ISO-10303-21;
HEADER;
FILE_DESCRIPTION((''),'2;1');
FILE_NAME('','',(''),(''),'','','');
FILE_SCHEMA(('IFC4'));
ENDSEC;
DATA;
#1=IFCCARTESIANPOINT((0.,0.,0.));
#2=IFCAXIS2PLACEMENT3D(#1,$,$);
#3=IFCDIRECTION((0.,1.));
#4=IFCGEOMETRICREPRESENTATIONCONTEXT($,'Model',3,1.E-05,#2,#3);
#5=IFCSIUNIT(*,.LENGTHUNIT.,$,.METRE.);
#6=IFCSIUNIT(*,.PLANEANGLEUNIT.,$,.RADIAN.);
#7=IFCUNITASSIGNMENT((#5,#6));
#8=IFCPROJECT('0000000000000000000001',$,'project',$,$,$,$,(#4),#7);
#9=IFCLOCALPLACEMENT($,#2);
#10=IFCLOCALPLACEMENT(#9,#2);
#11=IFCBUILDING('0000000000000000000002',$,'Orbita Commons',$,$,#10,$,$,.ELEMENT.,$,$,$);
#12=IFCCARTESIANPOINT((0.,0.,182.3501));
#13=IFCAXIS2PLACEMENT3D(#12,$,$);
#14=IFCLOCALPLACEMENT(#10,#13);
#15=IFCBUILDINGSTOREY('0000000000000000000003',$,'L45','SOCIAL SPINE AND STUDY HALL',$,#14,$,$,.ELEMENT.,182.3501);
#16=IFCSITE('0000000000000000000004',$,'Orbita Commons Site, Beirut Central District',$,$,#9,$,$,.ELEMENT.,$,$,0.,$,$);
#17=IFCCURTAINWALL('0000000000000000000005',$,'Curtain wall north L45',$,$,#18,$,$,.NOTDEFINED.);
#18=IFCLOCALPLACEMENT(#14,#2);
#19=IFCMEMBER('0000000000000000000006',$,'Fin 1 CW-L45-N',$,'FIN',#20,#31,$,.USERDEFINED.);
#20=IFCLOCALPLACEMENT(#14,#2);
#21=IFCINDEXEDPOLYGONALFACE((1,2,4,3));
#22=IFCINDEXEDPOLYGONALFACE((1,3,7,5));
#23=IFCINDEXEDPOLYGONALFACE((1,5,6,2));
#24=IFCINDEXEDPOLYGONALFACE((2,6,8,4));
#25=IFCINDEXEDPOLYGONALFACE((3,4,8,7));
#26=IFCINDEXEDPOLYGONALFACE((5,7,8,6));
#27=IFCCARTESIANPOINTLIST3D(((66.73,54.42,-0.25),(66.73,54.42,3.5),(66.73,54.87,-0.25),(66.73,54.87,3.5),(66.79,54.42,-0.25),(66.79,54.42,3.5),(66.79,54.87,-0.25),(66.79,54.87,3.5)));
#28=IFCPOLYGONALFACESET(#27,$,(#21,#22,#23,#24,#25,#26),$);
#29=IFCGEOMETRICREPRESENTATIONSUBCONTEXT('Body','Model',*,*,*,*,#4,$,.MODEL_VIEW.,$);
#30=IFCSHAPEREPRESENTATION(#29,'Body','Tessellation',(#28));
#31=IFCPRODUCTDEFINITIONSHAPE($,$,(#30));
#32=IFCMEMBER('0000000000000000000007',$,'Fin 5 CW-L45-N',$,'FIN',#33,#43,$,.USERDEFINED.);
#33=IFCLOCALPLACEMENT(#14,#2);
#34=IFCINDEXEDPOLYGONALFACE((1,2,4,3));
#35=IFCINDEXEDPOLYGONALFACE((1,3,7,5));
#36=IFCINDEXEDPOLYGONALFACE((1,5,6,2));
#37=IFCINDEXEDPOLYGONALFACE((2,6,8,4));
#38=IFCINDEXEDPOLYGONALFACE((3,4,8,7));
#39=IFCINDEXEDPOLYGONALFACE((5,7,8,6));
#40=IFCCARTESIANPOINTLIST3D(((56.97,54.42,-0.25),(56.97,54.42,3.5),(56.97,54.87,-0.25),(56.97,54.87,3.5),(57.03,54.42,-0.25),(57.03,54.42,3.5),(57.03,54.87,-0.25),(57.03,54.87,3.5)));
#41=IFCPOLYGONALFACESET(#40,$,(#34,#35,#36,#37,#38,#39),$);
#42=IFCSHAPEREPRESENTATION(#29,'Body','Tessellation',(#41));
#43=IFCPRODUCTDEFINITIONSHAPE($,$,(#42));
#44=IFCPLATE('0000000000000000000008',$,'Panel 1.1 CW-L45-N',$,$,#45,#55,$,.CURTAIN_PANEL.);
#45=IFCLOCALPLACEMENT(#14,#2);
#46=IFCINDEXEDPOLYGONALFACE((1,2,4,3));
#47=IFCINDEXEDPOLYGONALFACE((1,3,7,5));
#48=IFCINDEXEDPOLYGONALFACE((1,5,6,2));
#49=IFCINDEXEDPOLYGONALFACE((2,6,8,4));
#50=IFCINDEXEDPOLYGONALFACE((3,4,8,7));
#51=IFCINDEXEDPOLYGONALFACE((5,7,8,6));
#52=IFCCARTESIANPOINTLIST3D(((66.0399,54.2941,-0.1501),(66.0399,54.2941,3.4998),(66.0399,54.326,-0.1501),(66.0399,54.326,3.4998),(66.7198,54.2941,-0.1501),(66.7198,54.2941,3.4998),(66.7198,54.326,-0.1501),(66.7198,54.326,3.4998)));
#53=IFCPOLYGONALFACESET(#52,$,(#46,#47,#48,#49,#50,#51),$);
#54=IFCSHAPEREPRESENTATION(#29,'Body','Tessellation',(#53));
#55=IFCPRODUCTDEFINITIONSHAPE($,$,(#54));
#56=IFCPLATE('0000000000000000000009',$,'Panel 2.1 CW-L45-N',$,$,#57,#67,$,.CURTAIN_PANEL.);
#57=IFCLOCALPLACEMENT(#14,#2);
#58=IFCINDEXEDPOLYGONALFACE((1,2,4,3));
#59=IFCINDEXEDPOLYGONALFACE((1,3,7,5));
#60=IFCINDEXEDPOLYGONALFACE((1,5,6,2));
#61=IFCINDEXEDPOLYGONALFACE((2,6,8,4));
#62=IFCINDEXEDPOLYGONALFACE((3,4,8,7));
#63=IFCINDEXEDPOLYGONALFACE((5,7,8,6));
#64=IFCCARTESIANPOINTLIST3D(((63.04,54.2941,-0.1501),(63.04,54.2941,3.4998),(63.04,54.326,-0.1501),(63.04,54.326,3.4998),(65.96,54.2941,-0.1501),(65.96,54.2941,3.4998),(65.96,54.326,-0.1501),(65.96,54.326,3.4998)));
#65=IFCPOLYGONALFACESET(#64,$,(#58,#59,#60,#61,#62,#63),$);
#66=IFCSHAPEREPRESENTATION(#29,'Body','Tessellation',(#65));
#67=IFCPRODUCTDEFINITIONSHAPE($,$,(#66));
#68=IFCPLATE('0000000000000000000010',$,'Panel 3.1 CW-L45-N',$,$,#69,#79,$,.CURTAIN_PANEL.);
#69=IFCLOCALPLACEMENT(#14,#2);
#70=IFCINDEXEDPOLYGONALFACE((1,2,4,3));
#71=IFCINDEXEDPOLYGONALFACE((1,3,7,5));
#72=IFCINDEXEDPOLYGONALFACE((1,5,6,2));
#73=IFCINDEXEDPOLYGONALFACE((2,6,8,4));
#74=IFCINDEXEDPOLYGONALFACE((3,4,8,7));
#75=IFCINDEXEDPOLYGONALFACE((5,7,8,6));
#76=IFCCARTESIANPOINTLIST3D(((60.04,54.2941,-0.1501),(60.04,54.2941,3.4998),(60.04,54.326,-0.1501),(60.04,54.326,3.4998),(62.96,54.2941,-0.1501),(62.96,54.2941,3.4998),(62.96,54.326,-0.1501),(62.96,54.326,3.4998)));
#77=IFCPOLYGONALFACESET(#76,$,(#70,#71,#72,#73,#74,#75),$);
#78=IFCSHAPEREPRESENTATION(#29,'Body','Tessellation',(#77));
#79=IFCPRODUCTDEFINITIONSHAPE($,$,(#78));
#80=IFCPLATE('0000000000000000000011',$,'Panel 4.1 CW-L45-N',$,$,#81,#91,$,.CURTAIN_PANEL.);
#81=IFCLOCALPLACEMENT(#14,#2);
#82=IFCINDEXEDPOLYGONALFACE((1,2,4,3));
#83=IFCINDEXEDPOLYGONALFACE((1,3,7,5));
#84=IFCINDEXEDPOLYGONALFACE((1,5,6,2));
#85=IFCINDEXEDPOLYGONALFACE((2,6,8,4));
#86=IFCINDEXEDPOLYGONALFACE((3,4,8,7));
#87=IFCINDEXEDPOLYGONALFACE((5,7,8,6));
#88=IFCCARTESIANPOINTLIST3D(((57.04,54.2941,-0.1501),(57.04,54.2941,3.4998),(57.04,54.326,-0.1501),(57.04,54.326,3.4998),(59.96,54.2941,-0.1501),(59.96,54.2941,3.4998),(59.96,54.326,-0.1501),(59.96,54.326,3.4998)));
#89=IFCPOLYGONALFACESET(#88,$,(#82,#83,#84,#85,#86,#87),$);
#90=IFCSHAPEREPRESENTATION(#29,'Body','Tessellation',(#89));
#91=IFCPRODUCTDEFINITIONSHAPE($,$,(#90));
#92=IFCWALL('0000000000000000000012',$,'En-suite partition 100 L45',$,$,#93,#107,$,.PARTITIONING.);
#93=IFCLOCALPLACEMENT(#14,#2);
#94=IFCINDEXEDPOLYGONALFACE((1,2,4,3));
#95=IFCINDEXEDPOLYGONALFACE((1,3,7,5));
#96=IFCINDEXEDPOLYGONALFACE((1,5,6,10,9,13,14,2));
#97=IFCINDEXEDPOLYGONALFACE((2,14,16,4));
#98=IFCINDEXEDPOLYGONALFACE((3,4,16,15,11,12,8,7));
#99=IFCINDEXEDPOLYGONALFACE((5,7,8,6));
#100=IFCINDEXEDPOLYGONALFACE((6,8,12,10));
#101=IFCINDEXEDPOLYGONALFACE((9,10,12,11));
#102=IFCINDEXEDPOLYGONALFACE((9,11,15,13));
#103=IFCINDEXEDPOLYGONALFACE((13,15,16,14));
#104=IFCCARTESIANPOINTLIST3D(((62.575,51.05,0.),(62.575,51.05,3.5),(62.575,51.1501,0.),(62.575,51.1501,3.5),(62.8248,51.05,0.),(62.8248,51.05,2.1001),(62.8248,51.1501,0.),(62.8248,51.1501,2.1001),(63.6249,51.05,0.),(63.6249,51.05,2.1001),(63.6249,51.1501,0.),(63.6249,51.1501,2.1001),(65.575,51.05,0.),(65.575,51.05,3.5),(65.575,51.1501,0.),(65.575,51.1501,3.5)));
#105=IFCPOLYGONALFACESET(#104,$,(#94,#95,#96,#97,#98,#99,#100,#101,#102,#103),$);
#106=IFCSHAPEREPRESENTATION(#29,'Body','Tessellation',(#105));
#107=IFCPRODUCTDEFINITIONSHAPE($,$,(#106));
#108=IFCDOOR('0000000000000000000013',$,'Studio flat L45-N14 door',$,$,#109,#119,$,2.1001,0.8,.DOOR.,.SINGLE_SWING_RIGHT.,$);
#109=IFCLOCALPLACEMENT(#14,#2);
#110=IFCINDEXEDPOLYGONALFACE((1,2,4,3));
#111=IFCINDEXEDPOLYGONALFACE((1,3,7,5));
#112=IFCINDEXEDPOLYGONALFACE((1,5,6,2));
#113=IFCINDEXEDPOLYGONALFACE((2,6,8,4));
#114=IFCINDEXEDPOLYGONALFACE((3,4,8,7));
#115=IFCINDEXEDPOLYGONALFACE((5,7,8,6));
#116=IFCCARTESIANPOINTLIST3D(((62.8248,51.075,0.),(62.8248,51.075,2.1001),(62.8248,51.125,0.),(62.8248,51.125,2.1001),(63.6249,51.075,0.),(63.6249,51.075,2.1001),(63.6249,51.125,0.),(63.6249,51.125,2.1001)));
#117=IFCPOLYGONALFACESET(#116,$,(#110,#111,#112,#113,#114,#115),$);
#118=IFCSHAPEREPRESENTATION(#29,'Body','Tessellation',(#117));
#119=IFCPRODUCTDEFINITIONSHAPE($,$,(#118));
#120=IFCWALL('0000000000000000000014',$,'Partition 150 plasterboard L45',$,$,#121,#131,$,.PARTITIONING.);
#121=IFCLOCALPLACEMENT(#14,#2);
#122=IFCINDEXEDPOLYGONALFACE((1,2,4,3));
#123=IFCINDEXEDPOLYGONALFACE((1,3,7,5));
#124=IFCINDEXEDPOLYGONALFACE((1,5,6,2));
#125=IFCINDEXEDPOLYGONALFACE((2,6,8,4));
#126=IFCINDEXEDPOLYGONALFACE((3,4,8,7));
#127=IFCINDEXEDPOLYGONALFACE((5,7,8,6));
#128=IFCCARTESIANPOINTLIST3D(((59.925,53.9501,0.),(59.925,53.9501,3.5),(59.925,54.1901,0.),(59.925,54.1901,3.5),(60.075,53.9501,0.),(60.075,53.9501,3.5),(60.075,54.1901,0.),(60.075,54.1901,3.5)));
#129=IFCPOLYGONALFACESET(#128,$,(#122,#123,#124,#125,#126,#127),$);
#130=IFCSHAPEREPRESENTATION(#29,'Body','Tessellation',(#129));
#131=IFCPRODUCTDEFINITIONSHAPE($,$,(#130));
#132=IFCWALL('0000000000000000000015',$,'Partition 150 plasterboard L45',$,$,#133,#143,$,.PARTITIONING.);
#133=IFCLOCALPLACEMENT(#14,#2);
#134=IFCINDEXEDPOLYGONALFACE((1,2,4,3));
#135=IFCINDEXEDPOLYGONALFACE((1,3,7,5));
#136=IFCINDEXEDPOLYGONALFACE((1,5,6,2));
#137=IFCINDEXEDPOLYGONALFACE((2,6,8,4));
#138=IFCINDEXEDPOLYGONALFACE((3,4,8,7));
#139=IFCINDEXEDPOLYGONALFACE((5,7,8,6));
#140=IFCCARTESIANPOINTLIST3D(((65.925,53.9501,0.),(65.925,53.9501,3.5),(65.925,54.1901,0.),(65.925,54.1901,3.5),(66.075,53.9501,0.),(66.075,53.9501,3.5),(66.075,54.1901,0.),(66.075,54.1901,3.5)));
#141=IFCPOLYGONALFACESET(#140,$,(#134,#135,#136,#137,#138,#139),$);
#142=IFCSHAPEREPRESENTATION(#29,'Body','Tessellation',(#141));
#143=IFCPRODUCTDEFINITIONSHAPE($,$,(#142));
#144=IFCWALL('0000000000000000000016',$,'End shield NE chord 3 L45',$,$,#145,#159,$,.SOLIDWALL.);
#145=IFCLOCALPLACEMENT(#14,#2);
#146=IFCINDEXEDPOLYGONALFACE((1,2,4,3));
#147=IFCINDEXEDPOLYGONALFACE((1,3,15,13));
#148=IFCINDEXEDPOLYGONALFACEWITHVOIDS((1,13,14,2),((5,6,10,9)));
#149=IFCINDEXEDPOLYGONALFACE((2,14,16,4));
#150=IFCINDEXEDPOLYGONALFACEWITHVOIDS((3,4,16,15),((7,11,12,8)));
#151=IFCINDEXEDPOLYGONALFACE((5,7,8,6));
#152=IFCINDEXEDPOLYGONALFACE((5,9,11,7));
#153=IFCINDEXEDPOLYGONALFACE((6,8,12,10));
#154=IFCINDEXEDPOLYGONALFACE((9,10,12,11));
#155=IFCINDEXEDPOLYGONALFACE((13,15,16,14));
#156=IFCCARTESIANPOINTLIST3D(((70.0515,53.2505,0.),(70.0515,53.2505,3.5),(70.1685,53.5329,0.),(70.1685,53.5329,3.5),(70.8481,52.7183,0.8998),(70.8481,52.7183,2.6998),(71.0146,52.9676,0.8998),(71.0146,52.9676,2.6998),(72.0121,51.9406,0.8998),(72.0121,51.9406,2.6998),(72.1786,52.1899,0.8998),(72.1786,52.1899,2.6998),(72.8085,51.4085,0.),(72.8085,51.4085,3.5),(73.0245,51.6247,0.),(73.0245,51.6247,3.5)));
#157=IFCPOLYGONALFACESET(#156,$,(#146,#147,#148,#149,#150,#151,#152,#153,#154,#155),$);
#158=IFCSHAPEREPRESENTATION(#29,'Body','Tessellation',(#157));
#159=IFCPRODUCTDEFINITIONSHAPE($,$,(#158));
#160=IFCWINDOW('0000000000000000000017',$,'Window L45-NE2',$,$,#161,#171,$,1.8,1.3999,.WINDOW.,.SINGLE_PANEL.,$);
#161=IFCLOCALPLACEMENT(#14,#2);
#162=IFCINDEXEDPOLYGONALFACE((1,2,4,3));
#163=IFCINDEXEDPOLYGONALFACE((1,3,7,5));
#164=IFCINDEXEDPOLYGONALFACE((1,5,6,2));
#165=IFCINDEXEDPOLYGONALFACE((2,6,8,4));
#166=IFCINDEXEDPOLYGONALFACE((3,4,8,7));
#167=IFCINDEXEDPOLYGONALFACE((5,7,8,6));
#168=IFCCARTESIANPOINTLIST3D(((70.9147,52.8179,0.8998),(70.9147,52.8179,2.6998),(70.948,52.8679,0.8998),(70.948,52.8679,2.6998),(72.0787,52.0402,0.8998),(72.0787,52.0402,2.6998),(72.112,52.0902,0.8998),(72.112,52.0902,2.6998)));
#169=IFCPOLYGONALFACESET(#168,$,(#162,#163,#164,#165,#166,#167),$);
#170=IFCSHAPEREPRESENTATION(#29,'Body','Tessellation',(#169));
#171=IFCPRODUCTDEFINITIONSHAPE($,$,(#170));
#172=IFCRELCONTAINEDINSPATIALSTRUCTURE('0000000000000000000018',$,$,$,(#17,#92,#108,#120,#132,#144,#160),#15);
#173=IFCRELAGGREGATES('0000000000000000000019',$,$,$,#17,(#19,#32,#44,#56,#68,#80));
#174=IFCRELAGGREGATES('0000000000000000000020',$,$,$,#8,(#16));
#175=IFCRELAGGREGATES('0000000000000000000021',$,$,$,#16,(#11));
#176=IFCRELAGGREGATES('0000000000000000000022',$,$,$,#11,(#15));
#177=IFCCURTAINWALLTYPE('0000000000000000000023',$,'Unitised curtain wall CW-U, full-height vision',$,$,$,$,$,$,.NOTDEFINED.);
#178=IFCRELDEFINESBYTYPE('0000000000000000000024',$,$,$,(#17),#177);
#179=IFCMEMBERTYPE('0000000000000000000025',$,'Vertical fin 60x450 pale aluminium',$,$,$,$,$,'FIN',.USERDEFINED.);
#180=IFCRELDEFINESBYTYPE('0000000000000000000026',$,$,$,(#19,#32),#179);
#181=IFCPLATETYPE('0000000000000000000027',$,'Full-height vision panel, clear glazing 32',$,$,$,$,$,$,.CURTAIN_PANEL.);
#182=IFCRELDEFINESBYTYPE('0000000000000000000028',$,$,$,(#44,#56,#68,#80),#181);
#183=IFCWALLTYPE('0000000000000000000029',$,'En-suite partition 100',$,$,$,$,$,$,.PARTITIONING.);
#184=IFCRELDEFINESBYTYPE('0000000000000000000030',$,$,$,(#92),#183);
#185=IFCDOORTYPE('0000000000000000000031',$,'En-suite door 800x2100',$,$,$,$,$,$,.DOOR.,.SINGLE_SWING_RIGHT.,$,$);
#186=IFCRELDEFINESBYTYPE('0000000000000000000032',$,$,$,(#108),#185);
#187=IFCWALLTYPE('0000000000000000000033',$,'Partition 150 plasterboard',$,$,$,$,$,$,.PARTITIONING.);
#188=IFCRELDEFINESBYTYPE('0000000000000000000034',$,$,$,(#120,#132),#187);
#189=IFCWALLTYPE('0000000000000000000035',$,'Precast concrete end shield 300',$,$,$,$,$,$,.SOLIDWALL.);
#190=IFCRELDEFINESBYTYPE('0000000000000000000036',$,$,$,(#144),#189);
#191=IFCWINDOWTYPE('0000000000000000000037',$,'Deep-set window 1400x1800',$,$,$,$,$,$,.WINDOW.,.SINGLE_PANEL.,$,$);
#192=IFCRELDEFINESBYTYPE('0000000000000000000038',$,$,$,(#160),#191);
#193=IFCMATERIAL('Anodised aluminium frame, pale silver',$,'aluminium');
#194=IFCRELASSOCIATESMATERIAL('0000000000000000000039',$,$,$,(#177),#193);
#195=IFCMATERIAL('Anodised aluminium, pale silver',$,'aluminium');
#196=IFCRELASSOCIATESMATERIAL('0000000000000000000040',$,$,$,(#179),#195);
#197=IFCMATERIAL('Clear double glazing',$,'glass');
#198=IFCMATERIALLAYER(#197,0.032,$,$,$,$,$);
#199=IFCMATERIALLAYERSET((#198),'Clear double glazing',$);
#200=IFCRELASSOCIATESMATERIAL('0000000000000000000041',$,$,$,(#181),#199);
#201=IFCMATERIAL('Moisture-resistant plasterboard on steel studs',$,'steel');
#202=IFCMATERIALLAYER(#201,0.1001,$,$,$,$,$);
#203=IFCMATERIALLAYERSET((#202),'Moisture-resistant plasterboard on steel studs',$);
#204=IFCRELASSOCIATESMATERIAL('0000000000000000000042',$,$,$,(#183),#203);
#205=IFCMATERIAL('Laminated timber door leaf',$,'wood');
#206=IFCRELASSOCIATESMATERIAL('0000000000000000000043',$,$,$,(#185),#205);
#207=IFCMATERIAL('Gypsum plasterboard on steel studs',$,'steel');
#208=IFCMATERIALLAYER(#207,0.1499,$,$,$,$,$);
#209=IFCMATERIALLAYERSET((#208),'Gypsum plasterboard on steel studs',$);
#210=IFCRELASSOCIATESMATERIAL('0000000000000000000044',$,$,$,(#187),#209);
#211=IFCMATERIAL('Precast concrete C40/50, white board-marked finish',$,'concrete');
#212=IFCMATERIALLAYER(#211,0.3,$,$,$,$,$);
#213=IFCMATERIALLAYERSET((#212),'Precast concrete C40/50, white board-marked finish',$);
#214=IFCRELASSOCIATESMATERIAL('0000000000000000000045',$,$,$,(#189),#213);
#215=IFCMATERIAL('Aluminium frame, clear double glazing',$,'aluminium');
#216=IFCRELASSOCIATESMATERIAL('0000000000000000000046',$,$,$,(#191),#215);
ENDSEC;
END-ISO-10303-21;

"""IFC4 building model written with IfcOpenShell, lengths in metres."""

from ifc_helpers import new_model, si_unit, direction, frame, frame_2d, origin, origin_2d, place, context, subcontext, project, spatial, polyline, rectangle, outline, extrude, material, layer, layer_set, material_profile, profile_set, type_object, element, fill, aggregate, save


model = new_model("IFC4")

# Units and contexts
model_context = context("Model", 3, precision=1e-05, world=origin(), true_north=direction((0.0, 1.0)))
body_context = subcontext(model_context, "Body", "Model", "MODEL_VIEW")
ifc_project = project(units=[si_unit("LENGTHUNIT", "METRE"), si_unit("PLANEANGLEUNIT", "RADIAN")], contexts=[model_context])

# Site, building, storey
site_placement = place(None, origin())
site = spatial("IfcSite", under=ifc_project, at=site_placement, Name="Orbita Commons Site, Beirut Central District", CompositionType="ELEMENT", RefElevation=0.0)
building_placement = place(site_placement, origin())
building = spatial("IfcBuilding", under=site, at=building_placement, Name="Orbita Commons", CompositionType="ELEMENT")
storey_placement = place(building_placement, frame((0.0, 0.0, 182.3501)))
storey = spatial("IfcBuildingStorey", under=building, at=storey_placement, Name="L45", Description="SOCIAL SPINE AND STUDY HALL", CompositionType="ELEMENT", Elevation=182.3501)

# Curtain wall
ifc_material_1 = material(Name="Anodised aluminium frame, pale silver", Category="aluminium")
curtain_wall_type = type_object("IfcCurtainWallType", Name="Unitised curtain wall CW-U, full-height vision", PredefinedType="NOTDEFINED", material=ifc_material_1)
curtain_wall_placement = place(storey_placement, origin())
curtain_wall = element("IfcCurtainWall", 1, at=curtain_wall_placement, inside=storey, type_object=curtain_wall_type, Name="Curtain wall north L45", PredefinedType="NOTDEFINED")

# Members
ifc_material_2 = material(Name="Anodised aluminium, pale silver", Category="aluminium")
ifc_material_profile_1 = material_profile(ifc_material_2, rectangle(XDim=0.0601, YDim=0.45, at=origin_2d()), Name="FIN 60x450")
ifc_profile_set_1 = profile_set([ifc_material_profile_1], Name="Anodised aluminium, pale silver")
member_type_1 = type_object("IfcMemberType", Name="Vertical fin 60x450 pale aluminium", ElementType="FIN", PredefinedType="USERDEFINED", material=ifc_profile_set_1)
member_1_placement = place(storey_placement, frame((66.76, 54.645, -0.25), z_axis=(0.0, 0.0, 1.0), x_axis=(-1.0, 0.0, 0.0)))
member_1 = element("IfcMember", 2, at=member_1_placement, type_object=member_type_1, Name="Fin 1 CW-L45-N", ObjectType="FIN", PredefinedType="USERDEFINED", context=body_context, shape_type="SweptSolid", body=[
    extrude(rectangle(XDim=0.0601, YDim=0.45, at=origin_2d()), origin(), (0.0, 0.0, 1.0), 3.75),
])
member_2_placement = place(storey_placement, frame((57.0, 54.645, -0.25), z_axis=(0.0, 0.0, 1.0), x_axis=(-1.0, 0.0, 0.0)))
member_2 = element("IfcMember", 3, at=member_2_placement, type_object=member_type_1, Name="Fin 5 CW-L45-N", ObjectType="FIN", PredefinedType="USERDEFINED", context=body_context, shape_type="SweptSolid", body=[
    extrude(rectangle(XDim=0.0601, YDim=0.45, at=origin_2d()), origin(), (0.0, 0.0, 1.0), 3.75),
])

# Plates
ifc_material_3 = material(Name="Clear double glazing", Category="glass")
ifc_layer_1 = layer(ifc_material_3, 0.032)
ifc_layer_set_1 = layer_set([ifc_layer_1], Name="Clear double glazing")
plate_type = type_object("IfcPlateType", Name="Full-height vision panel, clear glazing 32", PredefinedType="CURTAIN_PANEL", material=ifc_layer_set_1)
plate_1_placement = place(storey_placement, frame((66.3799, 54.3101, -0.1501), z_axis=(0.0, 0.0, 1.0), x_axis=(-1.0, 0.0, 0.0)))
plate_1 = element("IfcPlate", 4, at=plate_1_placement, type_object=plate_type, Name="Panel 1.1 CW-L45-N", PredefinedType="CURTAIN_PANEL", context=body_context, shape_type="SweptSolid", body=[
    extrude(rectangle(XDim=0.6799, YDim=0.032, at=origin_2d()), origin(), (0.0, 0.0, 1.0), 3.6499),
])
plate_2_placement = place(storey_placement, frame((64.5, 54.3101, -0.1501), z_axis=(0.0, 0.0, 1.0), x_axis=(-1.0, 0.0, 0.0)))
plate_2 = element("IfcPlate", 5, at=plate_2_placement, type_object=plate_type, Name="Panel 2.1 CW-L45-N", PredefinedType="CURTAIN_PANEL", context=body_context, shape_type="SweptSolid", body=[
    extrude(rectangle(XDim=2.9199, YDim=0.032, at=origin_2d()), origin(), (0.0, 0.0, 1.0), 3.6499),
])
plate_3_placement = place(storey_placement, frame((61.5, 54.3101, -0.1501), z_axis=(0.0, 0.0, 1.0), x_axis=(-1.0, 0.0, 0.0)))
plate_3 = element("IfcPlate", 6, at=plate_3_placement, type_object=plate_type, Name="Panel 3.1 CW-L45-N", PredefinedType="CURTAIN_PANEL", context=body_context, shape_type="SweptSolid", body=[
    extrude(rectangle(XDim=2.9199, YDim=0.032, at=origin_2d()), origin(), (0.0, 0.0, 1.0), 3.6499),
])
plate_4_placement = place(storey_placement, frame((58.5, 54.3101, -0.1501), z_axis=(0.0, 0.0, 1.0), x_axis=(-1.0, 0.0, 0.0)))
plate_4 = element("IfcPlate", 7, at=plate_4_placement, type_object=plate_type, Name="Panel 4.1 CW-L45-N", PredefinedType="CURTAIN_PANEL", context=body_context, shape_type="SweptSolid", body=[
    extrude(rectangle(XDim=2.9199, YDim=0.032, at=origin_2d()), origin(), (0.0, 0.0, 1.0), 3.6499),
])
aggregate(curtain_wall, [member_1, member_2, plate_1, plate_2, plate_3, plate_4])

# Wall, opening, door
ifc_material_4 = material(Name="Moisture-resistant plasterboard on steel studs", Category="steel")
ifc_layer_2 = layer(ifc_material_4, 0.1001)
ifc_layer_set_2 = layer_set([ifc_layer_2], Name="Moisture-resistant plasterboard on steel studs")
wall_type_1 = type_object("IfcWallType", Name="En-suite partition 100", PredefinedType="PARTITIONING", material=ifc_layer_set_2)
wall_1_placement = place(storey_placement, frame((62.575, 51.1001, 0.0), z_axis=(0.0, 0.0, 1.0), x_axis=(1.0, 0.0, 0.0)))
wall_1 = element("IfcWall", 8, at=wall_1_placement, inside=storey, type_object=wall_type_1, Name="En-suite partition 100 L45", PredefinedType="PARTITIONING", context=body_context, shape_type="SweptSolid", body=[
    extrude(rectangle(XDim=3.0, YDim=0.1001, at=frame_2d((1.5, 0.0))), origin(), (0.0, 0.0, 1.0), 3.5),
])
opening_1_placement = place(wall_1_placement, frame((0.25, 0.0, 0.0)))
opening_1 = element("IfcOpeningElement", 9, at=opening_1_placement, cuts=wall_1, PredefinedType="OPENING", context=body_context, shape_type="SweptSolid", body=[
    extrude(rectangle(XDim=0.8, YDim=2.1001, at=frame_2d((0.3999, 1.05))), frame((0.0, 0.0601, 0.0), z_axis=(0.0, -1.0, 0.0), x_axis=(1.0, 0.0, 0.0)), (0.0, 0.0, 1.0), 0.1201),
])
ifc_material_5 = material(Name="Laminated timber door leaf", Category="wood")
door_type = type_object("IfcDoorType", Name="En-suite door 800x2100", OperationType="SINGLE_SWING_RIGHT", PredefinedType="DOOR", material=ifc_material_5)
door_placement = place(opening_1_placement, origin())
door = element("IfcDoor", 10, at=door_placement, inside=storey, type_object=door_type, Name="Studio flat L45-N14 door", OperationType="SINGLE_SWING_RIGHT", OverallHeight=2.1001, OverallWidth=0.8, PredefinedType="DOOR", context=body_context, shape_type="SweptSolid", body=[
    extrude(rectangle(XDim=0.8, YDim=2.1001, at=frame_2d((0.3999, 1.05))), frame((0.0, 0.0249, 0.0), z_axis=(0.0, -1.0, 0.0), x_axis=(1.0, 0.0, 0.0)), (0.0, 0.0, 1.0), 0.05),
])
fill(opening_1, door)

# Walls
ifc_material_6 = material(Name="Gypsum plasterboard on steel studs", Category="steel")
ifc_layer_3 = layer(ifc_material_6, 0.1499)
ifc_layer_set_3 = layer_set([ifc_layer_3], Name="Gypsum plasterboard on steel studs")
wall_type_2 = type_object("IfcWallType", Name="Partition 150 plasterboard", PredefinedType="PARTITIONING", material=ifc_layer_set_3)
for number, where, z_axis, x_axis, name in (
    (11, (60.0, 53.95, 0.0), (0.0, 0.0, 1.0), (0.0, 1.0, 0.0), "Partition 150 plasterboard L45"),
    (12, (66.0, 53.95, 0.0), (0.0, 0.0, 1.0), (0.0, 1.0, 0.0), "Partition 150 plasterboard L45"),
):
    element("IfcWall", number, at=place(storey_placement, frame(where, z_axis=z_axis, x_axis=x_axis)), inside=storey, type_object=wall_type_2, Name=name, PredefinedType="PARTITIONING", context=body_context, shape_type="SweptSolid", body=[
        extrude(rectangle(XDim=0.24, YDim=0.1499, at=frame_2d((0.1201, 0.0))), origin(), (0.0, 0.0, 1.0), 3.5),
    ])

# Wall, opening, window
ifc_material_7 = material(Name="Precast concrete C40/50, white board-marked finish", Category="concrete")
ifc_layer_4 = layer(ifc_material_7, 0.3)
ifc_layer_set_4 = layer_set([ifc_layer_4], Name="Precast concrete C40/50, white board-marked finish")
wall_type_3 = type_object("IfcWallType", Name="Precast concrete end shield 300", PredefinedType="SOLIDWALL", material=ifc_layer_set_4)
wall_2_placement = place(storey_placement, frame((72.9165, 51.5166, 0.0), z_axis=(0.0, 0.0, 1.0), x_axis=(-0.831493, 0.555535, 0.0)))
wall_2 = element("IfcWall", 13, at=wall_2_placement, inside=storey, type_object=wall_type_3, Name="End shield NE chord 3 L45", PredefinedType="SOLIDWALL", context=body_context, shape_type="SweptSolid", body=[
    extrude(outline(polyline([(-0.0298, -0.1499), (3.405, -0.1499), (3.3455, 0.1499), (0.0298, 0.1499), (-0.0298, -0.1499)])), origin(), (0.0, 0.0, 1.0), 3.5),
])
opening_2_placement = place(wall_2_placement, frame((0.9875, 0.0, 0.8999)))
opening_2 = element("IfcOpeningElement", 14, at=opening_2_placement, cuts=wall_2, PredefinedType="OPENING", context=body_context, shape_type="SweptSolid", body=[
    extrude(rectangle(XDim=1.3999, YDim=1.8, at=frame_2d((0.7, 0.8999))), frame((0.0, 0.1599, 0.0), z_axis=(0.0, -1.0, 0.0), x_axis=(1.0, 0.0, 0.0)), (0.0, 0.0, 1.0), 0.3201),
])
ifc_material_8 = material(Name="Aluminium frame, clear double glazing", Category="aluminium")
window_type = type_object("IfcWindowType", Name="Deep-set window 1400x1800", PartitioningType="SINGLE_PANEL", PredefinedType="WINDOW", material=ifc_material_8)
window_1_placement = place(opening_2_placement, origin())
window_1 = element("IfcWindow", 15, at=window_1_placement, inside=storey, type_object=window_type, Name="Window L45-NE2", OverallHeight=1.8, OverallWidth=1.3999, PartitioningType="SINGLE_PANEL", PredefinedType="WINDOW", context=body_context, shape_type="SweptSolid", body=[
    extrude(rectangle(XDim=1.3999, YDim=1.8, at=frame_2d((0.7, 0.8999))), frame((0.0, 0.03, 0.0), z_axis=(0.0, -1.0, 0.0), x_axis=(1.0, 0.0, 0.0)), (0.0, 0.0, 1.0), 0.0601),
])
fill(opening_2, window_1)

save(model, "model.ifc")
